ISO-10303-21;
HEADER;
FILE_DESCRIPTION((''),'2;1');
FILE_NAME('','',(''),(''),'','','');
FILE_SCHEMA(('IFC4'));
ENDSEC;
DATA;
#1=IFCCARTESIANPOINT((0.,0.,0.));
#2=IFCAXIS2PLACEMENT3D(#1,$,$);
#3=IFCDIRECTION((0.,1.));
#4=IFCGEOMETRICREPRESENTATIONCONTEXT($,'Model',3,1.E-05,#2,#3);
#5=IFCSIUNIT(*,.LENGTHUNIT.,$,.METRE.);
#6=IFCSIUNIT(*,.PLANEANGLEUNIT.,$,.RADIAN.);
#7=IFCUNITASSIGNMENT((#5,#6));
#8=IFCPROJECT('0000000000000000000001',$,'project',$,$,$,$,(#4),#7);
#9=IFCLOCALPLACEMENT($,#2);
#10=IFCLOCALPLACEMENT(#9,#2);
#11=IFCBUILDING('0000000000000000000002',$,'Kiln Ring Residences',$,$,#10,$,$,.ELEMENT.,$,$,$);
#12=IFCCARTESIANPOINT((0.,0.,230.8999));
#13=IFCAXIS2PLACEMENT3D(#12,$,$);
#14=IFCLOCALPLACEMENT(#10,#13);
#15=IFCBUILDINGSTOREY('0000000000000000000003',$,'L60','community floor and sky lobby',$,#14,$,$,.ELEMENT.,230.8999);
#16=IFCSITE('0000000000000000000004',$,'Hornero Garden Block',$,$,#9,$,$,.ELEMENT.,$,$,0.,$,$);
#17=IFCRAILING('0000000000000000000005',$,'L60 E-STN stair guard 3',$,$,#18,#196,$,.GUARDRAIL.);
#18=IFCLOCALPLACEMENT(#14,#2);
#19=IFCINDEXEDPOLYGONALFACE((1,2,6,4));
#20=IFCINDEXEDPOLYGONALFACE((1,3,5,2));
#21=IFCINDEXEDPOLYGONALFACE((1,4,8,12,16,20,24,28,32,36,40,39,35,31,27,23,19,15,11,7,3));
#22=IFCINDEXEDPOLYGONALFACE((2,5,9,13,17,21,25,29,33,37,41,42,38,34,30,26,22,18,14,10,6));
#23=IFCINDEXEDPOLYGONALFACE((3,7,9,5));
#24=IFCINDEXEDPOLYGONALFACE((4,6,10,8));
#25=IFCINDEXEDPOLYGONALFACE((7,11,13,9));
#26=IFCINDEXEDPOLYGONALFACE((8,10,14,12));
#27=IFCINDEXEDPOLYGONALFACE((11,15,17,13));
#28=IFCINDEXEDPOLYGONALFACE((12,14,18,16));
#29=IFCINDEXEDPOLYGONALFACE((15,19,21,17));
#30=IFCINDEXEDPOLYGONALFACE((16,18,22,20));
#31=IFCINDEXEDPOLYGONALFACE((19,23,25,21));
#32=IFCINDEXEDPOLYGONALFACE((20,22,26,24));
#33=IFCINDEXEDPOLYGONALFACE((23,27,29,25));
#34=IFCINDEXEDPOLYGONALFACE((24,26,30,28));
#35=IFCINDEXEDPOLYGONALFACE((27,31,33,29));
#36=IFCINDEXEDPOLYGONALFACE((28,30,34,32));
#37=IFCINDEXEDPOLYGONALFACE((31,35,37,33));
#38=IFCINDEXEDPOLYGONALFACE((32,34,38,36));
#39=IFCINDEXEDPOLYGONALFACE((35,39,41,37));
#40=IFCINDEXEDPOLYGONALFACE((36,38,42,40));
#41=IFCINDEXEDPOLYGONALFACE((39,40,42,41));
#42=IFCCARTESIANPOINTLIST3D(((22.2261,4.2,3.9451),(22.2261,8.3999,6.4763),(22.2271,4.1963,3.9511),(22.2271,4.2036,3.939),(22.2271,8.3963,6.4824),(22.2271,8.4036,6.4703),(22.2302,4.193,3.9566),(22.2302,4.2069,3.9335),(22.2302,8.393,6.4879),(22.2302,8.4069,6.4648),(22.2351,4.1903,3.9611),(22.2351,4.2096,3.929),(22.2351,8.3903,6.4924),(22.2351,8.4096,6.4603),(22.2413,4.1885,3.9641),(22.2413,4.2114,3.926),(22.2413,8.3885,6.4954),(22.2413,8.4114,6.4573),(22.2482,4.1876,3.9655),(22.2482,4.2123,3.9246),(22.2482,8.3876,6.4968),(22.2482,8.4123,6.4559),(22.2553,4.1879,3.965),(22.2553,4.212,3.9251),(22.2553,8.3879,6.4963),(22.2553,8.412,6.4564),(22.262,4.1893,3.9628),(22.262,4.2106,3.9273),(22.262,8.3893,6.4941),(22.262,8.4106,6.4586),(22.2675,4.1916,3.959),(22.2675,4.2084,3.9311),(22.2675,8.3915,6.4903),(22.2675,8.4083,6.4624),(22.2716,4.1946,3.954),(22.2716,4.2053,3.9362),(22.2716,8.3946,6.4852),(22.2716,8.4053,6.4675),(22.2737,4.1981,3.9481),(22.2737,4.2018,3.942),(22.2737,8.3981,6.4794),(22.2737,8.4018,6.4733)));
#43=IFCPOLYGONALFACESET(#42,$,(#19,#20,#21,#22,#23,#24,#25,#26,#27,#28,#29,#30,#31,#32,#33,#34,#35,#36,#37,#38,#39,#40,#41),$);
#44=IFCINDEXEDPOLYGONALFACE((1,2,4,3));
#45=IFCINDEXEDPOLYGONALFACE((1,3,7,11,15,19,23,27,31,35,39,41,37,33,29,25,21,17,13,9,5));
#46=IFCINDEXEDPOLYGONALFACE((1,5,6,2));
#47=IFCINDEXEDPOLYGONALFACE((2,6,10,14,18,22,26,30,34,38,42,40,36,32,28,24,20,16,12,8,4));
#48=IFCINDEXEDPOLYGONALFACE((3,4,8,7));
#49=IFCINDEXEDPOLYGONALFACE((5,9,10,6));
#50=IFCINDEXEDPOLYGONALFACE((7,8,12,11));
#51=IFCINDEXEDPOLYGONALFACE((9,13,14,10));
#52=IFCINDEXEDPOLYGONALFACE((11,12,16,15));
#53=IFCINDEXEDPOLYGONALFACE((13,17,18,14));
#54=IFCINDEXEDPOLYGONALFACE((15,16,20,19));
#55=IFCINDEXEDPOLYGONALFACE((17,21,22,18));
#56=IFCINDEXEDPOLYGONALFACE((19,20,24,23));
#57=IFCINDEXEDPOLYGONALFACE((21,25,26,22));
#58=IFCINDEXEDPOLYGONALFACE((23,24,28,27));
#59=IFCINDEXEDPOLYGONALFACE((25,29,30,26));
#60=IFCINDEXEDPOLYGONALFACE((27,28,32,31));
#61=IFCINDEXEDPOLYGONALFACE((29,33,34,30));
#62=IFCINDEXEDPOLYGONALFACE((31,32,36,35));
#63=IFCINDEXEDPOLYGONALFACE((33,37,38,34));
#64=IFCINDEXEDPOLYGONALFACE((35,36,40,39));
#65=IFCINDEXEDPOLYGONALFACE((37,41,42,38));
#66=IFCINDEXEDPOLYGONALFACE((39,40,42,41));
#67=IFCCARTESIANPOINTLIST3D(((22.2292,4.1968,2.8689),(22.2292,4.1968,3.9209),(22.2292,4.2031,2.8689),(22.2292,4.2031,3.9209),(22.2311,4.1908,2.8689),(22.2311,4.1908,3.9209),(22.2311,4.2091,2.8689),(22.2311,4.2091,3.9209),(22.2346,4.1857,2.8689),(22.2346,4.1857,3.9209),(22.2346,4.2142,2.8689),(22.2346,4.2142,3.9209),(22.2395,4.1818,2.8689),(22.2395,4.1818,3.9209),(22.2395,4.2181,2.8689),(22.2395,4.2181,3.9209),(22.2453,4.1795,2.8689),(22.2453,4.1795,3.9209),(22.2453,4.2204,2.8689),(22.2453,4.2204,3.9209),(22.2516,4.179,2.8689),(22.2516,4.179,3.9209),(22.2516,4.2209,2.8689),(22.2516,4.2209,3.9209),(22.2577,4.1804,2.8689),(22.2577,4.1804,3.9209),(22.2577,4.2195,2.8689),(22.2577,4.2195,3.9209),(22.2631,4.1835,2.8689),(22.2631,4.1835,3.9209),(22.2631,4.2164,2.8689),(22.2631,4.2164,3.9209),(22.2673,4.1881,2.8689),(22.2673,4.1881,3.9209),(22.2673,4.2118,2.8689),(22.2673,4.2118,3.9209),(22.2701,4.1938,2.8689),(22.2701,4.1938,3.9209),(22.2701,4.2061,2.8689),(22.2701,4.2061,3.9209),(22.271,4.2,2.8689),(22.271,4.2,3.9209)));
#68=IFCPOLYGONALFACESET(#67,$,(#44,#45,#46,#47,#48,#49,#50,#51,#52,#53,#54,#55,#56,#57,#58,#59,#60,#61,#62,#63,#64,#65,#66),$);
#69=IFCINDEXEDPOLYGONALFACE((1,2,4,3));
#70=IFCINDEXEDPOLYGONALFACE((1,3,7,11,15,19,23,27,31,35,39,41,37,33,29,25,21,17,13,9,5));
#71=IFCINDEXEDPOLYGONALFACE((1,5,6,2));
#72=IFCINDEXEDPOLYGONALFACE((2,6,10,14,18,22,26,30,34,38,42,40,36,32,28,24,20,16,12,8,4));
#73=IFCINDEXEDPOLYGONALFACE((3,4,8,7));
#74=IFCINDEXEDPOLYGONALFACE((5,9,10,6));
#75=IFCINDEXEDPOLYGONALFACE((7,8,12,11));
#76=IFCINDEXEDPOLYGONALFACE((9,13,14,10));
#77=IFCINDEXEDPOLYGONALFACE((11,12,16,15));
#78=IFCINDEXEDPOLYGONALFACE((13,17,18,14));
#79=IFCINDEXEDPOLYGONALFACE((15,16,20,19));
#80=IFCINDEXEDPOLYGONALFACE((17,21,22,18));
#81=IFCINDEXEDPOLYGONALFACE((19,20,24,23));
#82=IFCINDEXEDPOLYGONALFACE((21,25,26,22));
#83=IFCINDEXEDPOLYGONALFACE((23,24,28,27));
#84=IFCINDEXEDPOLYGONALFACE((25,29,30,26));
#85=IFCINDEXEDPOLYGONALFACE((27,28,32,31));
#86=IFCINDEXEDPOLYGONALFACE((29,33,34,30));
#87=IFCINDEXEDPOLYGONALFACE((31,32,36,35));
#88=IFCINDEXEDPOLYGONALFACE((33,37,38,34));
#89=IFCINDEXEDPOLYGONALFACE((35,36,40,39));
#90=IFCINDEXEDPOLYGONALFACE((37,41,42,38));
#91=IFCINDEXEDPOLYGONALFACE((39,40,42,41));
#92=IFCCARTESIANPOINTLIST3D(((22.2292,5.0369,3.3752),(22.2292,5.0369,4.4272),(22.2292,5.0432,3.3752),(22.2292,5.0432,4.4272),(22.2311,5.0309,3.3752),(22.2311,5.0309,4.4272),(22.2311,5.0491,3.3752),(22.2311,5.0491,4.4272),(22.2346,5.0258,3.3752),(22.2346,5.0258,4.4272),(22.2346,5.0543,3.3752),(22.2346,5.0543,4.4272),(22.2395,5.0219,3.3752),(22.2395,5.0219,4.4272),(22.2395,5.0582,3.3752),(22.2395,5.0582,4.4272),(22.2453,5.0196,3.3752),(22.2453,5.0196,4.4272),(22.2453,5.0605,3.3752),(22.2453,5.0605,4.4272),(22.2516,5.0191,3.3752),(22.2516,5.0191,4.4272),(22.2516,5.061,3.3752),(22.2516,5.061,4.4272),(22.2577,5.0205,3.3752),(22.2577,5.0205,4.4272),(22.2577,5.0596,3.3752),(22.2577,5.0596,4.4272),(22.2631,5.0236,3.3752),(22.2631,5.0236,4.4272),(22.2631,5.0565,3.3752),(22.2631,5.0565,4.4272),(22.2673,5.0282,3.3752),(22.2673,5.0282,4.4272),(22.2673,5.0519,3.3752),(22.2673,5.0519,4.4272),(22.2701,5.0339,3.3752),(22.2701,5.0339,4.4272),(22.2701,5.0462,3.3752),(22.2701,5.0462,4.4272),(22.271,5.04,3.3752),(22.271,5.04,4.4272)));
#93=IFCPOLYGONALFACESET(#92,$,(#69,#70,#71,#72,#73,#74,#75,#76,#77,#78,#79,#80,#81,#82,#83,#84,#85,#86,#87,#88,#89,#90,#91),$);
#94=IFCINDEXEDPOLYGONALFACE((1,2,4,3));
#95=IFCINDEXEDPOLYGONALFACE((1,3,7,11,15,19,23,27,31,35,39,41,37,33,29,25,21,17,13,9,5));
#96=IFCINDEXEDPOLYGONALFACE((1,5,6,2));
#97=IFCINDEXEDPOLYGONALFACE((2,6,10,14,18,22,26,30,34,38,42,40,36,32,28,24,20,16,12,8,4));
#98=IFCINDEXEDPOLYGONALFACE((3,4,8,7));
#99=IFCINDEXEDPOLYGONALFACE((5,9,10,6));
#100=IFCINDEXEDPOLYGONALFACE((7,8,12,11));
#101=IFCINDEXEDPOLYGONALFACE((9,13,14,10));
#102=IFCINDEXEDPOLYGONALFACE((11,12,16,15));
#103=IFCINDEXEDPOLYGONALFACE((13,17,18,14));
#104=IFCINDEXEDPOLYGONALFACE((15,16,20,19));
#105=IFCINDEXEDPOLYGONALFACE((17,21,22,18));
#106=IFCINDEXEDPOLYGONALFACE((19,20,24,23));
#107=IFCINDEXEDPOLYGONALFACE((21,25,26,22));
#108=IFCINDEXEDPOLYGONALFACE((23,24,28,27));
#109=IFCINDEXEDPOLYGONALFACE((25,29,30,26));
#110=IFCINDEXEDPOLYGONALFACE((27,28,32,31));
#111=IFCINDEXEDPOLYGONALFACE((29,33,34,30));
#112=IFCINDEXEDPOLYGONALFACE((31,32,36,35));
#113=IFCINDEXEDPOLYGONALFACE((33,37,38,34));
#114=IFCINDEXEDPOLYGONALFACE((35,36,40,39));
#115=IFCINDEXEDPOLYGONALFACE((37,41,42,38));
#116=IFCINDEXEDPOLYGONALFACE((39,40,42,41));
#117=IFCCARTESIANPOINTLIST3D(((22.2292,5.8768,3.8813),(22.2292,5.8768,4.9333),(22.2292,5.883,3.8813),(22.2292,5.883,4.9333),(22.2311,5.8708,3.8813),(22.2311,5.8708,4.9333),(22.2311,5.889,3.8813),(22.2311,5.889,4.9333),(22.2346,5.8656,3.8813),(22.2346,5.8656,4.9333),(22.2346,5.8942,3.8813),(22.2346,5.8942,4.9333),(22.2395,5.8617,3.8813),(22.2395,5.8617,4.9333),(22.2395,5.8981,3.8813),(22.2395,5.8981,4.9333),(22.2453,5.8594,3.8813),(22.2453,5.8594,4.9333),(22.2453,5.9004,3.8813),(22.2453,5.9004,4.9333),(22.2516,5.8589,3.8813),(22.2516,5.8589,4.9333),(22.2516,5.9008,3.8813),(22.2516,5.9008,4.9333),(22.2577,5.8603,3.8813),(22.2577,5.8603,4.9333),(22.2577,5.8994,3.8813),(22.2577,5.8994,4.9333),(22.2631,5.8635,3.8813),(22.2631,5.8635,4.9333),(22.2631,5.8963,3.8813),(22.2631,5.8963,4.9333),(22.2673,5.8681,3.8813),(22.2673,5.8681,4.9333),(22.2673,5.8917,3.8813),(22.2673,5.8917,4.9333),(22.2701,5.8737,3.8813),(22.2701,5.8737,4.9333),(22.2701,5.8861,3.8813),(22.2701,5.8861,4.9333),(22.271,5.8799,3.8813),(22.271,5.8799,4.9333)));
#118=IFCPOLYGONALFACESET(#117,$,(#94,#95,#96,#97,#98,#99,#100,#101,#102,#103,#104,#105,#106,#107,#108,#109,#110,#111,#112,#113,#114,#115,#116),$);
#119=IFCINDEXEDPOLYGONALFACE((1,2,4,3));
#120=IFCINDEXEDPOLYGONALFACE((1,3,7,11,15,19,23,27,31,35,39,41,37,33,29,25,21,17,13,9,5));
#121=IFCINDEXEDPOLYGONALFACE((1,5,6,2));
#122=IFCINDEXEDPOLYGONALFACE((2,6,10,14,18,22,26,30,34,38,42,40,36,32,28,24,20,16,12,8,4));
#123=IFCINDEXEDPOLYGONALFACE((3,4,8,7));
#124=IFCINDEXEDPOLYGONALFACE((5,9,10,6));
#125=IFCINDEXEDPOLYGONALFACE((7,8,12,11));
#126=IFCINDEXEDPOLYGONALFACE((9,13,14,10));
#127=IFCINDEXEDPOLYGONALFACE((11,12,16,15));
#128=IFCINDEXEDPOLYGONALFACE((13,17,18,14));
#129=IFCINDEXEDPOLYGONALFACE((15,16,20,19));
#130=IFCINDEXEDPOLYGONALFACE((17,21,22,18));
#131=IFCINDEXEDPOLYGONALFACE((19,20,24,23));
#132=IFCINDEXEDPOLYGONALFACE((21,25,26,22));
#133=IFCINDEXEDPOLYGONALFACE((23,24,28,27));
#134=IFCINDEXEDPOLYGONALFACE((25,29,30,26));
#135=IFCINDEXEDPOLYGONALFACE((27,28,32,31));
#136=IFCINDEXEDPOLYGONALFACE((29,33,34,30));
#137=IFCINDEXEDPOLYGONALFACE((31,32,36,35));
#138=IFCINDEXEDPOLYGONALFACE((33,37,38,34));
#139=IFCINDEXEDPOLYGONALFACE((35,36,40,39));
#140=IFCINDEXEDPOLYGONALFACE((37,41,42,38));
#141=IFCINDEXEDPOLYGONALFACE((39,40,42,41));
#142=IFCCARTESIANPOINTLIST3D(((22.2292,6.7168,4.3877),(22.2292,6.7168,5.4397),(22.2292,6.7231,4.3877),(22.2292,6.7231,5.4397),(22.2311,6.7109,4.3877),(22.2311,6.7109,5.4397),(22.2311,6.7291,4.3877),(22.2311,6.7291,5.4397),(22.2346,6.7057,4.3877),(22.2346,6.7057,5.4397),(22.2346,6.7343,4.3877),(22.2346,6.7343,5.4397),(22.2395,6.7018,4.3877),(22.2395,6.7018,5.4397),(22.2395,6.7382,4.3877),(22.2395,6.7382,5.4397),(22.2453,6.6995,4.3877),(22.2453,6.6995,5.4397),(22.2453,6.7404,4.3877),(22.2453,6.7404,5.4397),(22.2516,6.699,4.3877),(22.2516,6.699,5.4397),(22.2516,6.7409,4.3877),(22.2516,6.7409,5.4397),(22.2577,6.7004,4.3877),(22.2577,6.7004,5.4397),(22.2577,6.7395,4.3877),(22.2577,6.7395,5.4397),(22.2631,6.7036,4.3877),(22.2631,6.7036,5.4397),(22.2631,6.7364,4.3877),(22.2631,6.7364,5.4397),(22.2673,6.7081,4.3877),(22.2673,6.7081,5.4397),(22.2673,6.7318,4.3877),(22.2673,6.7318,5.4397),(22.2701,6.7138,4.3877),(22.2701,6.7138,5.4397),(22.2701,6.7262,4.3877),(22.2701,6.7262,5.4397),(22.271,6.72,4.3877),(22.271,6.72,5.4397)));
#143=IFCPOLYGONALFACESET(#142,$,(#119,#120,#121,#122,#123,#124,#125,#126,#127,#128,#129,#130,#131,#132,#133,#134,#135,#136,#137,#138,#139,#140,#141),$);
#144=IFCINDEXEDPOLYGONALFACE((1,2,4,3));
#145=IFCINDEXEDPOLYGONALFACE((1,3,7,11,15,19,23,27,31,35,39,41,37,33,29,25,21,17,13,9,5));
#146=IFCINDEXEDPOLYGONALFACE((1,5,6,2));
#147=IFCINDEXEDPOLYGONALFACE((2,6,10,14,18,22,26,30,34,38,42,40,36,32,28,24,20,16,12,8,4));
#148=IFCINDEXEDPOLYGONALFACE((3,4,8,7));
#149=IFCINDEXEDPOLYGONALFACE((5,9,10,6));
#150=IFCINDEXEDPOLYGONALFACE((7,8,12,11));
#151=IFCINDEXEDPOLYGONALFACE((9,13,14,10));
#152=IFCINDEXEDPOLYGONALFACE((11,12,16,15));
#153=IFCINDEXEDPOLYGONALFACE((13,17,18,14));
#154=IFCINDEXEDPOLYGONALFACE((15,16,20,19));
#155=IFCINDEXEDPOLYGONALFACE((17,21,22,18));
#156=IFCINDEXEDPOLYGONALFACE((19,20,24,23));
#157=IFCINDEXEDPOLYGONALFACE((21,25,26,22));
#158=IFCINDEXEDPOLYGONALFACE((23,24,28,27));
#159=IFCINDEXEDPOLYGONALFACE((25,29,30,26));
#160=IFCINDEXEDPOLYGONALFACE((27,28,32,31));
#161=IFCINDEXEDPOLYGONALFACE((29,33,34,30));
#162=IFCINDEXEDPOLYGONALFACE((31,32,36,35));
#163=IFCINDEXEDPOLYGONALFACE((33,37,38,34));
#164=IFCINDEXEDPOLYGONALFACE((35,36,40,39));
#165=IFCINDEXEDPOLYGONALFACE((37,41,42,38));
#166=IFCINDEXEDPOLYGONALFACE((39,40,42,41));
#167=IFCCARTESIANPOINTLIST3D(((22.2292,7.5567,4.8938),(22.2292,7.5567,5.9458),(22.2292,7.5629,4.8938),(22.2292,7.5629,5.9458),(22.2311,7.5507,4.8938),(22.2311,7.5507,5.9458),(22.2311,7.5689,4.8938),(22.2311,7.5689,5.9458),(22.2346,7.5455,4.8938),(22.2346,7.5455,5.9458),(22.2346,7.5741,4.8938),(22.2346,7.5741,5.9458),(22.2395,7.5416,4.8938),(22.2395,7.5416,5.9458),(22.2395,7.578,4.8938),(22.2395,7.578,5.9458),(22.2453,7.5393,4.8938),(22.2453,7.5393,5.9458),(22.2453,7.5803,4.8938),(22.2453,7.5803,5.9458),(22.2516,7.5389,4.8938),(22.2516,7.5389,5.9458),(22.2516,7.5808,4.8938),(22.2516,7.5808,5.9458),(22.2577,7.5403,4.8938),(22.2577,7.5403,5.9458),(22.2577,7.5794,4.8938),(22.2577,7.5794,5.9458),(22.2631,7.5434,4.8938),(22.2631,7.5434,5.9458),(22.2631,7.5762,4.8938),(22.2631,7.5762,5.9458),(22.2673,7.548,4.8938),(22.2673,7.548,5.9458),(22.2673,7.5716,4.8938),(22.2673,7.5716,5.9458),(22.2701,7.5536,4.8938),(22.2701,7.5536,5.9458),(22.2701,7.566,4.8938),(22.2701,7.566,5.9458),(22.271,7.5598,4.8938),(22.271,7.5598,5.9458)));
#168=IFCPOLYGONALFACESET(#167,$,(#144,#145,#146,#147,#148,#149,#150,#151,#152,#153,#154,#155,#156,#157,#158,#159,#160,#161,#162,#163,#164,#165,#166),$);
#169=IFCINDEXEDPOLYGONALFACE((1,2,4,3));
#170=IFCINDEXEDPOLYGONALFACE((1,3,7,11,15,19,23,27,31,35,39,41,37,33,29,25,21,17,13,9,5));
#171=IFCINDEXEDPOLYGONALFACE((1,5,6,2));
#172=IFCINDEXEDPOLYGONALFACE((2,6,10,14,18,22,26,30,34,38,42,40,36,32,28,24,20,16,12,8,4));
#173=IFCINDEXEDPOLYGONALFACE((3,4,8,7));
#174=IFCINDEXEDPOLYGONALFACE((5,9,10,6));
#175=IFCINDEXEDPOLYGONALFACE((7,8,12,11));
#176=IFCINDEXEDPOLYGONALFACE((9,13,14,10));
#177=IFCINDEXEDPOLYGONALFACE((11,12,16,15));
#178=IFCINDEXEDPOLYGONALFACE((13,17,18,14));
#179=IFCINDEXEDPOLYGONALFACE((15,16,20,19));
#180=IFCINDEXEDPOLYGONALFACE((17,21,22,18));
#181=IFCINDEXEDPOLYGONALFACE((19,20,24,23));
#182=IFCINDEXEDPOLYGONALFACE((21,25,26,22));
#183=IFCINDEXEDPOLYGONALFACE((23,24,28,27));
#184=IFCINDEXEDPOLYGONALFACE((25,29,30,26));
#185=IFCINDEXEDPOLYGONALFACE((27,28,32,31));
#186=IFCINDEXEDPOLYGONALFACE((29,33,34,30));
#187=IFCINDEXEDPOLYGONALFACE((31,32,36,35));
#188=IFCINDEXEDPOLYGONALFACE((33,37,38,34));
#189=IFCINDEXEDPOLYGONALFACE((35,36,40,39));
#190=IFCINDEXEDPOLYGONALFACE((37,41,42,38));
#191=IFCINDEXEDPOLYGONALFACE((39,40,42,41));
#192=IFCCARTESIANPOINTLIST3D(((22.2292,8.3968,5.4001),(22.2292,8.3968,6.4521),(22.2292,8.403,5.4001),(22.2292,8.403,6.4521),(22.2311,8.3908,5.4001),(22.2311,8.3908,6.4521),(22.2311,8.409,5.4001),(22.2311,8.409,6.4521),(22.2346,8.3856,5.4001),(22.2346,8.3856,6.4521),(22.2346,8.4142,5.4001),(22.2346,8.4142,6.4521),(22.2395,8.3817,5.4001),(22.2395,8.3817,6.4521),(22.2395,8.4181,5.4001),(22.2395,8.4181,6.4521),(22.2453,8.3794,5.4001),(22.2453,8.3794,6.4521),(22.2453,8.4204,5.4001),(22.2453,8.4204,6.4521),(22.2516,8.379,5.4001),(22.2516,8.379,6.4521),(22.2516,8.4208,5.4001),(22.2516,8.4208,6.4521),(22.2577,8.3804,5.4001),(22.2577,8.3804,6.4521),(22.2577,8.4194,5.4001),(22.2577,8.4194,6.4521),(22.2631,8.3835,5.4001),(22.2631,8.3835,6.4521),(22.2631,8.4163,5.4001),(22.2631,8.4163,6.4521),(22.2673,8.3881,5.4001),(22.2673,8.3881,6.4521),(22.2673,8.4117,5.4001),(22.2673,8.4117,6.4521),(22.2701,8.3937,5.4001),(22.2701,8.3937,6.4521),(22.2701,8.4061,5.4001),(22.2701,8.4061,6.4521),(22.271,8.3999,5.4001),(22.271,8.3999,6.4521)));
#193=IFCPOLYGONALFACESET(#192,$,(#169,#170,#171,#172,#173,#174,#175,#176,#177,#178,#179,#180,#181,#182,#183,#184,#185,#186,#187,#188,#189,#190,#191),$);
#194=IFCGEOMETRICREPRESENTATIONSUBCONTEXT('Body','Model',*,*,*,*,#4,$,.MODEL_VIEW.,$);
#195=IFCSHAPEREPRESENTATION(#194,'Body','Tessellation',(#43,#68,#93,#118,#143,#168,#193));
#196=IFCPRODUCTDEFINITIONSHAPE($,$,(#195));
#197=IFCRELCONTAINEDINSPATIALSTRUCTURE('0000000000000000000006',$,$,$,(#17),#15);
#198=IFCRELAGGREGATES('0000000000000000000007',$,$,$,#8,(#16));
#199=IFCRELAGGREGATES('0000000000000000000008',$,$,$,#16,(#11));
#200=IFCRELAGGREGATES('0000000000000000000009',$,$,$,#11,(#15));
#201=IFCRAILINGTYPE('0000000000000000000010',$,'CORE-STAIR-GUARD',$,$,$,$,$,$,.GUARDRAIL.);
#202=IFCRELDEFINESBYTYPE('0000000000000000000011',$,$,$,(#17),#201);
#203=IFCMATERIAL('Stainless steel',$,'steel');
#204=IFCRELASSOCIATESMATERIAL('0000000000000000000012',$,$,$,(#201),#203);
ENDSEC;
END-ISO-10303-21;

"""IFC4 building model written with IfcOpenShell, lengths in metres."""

from ifc_helpers import new_model, si_unit, direction, frame, origin, origin_2d, place, context, subcontext, project, spatial, circle, extrude, material, type_object, element, save


model = new_model("IFC4")

# Units and contexts
model_context = context("Model", 3, precision=1e-05, world=origin(), true_north=direction((0.0, 1.0)))
body_context = subcontext(model_context, "Body", "Model", "MODEL_VIEW")
ifc_project = project(units=[si_unit("LENGTHUNIT", "METRE"), si_unit("PLANEANGLEUNIT", "RADIAN")], contexts=[model_context])

# Site, building, storey
site_placement = place(None, origin())
site = spatial("IfcSite", under=ifc_project, at=site_placement, Name="Hornero Garden Block", CompositionType="ELEMENT", RefElevation=0.0)
building_placement = place(site_placement, origin())
building = spatial("IfcBuilding", under=site, at=building_placement, Name="Kiln Ring Residences", CompositionType="ELEMENT")
storey_placement = place(building_placement, frame((0.0, 0.0, 230.8999)))
storey = spatial("IfcBuildingStorey", under=building, at=storey_placement, Name="L60", Description="community floor and sky lobby", CompositionType="ELEMENT", Elevation=230.8999)

# Railing
ifc_material_1 = material(Name="Stainless steel", Category="steel")
railing_type_1 = type_object("IfcRailingType", Name="CORE-STAIR-GUARD", PredefinedType="GUARDRAIL", material=ifc_material_1)
railing_1_placement = place(storey_placement, frame((22.25, 4.2, 2.8689)))
element("IfcRailing", 1, at=railing_1_placement, inside=storey, type_object=railing_type_1, Name="L60 E-STN stair guard 3", PredefinedType="GUARDRAIL", context=body_context, shape_type="SweptSolid", body=[
    extrude(circle(Radius=0.0239, at=origin_2d()), frame((0.0, 0.0, 1.0762), z_axis=(0.0, 0.856476, 0.516186), x_axis=(-1.0, 0.0, 0.0)), (0.0, 0.0, 1.0), 4.9038),
    extrude(circle(Radius=0.021, at=origin_2d()), origin(), (0.0, 0.0, 1.0), 1.052),
    extrude(circle(Radius=0.021, at=origin_2d()), frame((0.0, 0.8401, 0.5063)), (0.0, 0.0, 1.0), 1.052),
    extrude(circle(Radius=0.021, at=origin_2d()), frame((0.0, 1.6799, 1.0125)), (0.0, 0.0, 1.0), 1.052),
    extrude(circle(Radius=0.021, at=origin_2d()), frame((0.0, 2.52, 1.5188)), (0.0, 0.0, 1.0), 1.052),
    extrude(circle(Radius=0.021, at=origin_2d()), frame((0.0, 3.3599, 2.0249)), (0.0, 0.0, 1.0), 1.052),
    extrude(circle(Radius=0.021, at=origin_2d()), frame((0.0, 4.2, 2.5312)), (0.0, 0.0, 1.0), 1.052),
])

save(model, "model.ifc")
